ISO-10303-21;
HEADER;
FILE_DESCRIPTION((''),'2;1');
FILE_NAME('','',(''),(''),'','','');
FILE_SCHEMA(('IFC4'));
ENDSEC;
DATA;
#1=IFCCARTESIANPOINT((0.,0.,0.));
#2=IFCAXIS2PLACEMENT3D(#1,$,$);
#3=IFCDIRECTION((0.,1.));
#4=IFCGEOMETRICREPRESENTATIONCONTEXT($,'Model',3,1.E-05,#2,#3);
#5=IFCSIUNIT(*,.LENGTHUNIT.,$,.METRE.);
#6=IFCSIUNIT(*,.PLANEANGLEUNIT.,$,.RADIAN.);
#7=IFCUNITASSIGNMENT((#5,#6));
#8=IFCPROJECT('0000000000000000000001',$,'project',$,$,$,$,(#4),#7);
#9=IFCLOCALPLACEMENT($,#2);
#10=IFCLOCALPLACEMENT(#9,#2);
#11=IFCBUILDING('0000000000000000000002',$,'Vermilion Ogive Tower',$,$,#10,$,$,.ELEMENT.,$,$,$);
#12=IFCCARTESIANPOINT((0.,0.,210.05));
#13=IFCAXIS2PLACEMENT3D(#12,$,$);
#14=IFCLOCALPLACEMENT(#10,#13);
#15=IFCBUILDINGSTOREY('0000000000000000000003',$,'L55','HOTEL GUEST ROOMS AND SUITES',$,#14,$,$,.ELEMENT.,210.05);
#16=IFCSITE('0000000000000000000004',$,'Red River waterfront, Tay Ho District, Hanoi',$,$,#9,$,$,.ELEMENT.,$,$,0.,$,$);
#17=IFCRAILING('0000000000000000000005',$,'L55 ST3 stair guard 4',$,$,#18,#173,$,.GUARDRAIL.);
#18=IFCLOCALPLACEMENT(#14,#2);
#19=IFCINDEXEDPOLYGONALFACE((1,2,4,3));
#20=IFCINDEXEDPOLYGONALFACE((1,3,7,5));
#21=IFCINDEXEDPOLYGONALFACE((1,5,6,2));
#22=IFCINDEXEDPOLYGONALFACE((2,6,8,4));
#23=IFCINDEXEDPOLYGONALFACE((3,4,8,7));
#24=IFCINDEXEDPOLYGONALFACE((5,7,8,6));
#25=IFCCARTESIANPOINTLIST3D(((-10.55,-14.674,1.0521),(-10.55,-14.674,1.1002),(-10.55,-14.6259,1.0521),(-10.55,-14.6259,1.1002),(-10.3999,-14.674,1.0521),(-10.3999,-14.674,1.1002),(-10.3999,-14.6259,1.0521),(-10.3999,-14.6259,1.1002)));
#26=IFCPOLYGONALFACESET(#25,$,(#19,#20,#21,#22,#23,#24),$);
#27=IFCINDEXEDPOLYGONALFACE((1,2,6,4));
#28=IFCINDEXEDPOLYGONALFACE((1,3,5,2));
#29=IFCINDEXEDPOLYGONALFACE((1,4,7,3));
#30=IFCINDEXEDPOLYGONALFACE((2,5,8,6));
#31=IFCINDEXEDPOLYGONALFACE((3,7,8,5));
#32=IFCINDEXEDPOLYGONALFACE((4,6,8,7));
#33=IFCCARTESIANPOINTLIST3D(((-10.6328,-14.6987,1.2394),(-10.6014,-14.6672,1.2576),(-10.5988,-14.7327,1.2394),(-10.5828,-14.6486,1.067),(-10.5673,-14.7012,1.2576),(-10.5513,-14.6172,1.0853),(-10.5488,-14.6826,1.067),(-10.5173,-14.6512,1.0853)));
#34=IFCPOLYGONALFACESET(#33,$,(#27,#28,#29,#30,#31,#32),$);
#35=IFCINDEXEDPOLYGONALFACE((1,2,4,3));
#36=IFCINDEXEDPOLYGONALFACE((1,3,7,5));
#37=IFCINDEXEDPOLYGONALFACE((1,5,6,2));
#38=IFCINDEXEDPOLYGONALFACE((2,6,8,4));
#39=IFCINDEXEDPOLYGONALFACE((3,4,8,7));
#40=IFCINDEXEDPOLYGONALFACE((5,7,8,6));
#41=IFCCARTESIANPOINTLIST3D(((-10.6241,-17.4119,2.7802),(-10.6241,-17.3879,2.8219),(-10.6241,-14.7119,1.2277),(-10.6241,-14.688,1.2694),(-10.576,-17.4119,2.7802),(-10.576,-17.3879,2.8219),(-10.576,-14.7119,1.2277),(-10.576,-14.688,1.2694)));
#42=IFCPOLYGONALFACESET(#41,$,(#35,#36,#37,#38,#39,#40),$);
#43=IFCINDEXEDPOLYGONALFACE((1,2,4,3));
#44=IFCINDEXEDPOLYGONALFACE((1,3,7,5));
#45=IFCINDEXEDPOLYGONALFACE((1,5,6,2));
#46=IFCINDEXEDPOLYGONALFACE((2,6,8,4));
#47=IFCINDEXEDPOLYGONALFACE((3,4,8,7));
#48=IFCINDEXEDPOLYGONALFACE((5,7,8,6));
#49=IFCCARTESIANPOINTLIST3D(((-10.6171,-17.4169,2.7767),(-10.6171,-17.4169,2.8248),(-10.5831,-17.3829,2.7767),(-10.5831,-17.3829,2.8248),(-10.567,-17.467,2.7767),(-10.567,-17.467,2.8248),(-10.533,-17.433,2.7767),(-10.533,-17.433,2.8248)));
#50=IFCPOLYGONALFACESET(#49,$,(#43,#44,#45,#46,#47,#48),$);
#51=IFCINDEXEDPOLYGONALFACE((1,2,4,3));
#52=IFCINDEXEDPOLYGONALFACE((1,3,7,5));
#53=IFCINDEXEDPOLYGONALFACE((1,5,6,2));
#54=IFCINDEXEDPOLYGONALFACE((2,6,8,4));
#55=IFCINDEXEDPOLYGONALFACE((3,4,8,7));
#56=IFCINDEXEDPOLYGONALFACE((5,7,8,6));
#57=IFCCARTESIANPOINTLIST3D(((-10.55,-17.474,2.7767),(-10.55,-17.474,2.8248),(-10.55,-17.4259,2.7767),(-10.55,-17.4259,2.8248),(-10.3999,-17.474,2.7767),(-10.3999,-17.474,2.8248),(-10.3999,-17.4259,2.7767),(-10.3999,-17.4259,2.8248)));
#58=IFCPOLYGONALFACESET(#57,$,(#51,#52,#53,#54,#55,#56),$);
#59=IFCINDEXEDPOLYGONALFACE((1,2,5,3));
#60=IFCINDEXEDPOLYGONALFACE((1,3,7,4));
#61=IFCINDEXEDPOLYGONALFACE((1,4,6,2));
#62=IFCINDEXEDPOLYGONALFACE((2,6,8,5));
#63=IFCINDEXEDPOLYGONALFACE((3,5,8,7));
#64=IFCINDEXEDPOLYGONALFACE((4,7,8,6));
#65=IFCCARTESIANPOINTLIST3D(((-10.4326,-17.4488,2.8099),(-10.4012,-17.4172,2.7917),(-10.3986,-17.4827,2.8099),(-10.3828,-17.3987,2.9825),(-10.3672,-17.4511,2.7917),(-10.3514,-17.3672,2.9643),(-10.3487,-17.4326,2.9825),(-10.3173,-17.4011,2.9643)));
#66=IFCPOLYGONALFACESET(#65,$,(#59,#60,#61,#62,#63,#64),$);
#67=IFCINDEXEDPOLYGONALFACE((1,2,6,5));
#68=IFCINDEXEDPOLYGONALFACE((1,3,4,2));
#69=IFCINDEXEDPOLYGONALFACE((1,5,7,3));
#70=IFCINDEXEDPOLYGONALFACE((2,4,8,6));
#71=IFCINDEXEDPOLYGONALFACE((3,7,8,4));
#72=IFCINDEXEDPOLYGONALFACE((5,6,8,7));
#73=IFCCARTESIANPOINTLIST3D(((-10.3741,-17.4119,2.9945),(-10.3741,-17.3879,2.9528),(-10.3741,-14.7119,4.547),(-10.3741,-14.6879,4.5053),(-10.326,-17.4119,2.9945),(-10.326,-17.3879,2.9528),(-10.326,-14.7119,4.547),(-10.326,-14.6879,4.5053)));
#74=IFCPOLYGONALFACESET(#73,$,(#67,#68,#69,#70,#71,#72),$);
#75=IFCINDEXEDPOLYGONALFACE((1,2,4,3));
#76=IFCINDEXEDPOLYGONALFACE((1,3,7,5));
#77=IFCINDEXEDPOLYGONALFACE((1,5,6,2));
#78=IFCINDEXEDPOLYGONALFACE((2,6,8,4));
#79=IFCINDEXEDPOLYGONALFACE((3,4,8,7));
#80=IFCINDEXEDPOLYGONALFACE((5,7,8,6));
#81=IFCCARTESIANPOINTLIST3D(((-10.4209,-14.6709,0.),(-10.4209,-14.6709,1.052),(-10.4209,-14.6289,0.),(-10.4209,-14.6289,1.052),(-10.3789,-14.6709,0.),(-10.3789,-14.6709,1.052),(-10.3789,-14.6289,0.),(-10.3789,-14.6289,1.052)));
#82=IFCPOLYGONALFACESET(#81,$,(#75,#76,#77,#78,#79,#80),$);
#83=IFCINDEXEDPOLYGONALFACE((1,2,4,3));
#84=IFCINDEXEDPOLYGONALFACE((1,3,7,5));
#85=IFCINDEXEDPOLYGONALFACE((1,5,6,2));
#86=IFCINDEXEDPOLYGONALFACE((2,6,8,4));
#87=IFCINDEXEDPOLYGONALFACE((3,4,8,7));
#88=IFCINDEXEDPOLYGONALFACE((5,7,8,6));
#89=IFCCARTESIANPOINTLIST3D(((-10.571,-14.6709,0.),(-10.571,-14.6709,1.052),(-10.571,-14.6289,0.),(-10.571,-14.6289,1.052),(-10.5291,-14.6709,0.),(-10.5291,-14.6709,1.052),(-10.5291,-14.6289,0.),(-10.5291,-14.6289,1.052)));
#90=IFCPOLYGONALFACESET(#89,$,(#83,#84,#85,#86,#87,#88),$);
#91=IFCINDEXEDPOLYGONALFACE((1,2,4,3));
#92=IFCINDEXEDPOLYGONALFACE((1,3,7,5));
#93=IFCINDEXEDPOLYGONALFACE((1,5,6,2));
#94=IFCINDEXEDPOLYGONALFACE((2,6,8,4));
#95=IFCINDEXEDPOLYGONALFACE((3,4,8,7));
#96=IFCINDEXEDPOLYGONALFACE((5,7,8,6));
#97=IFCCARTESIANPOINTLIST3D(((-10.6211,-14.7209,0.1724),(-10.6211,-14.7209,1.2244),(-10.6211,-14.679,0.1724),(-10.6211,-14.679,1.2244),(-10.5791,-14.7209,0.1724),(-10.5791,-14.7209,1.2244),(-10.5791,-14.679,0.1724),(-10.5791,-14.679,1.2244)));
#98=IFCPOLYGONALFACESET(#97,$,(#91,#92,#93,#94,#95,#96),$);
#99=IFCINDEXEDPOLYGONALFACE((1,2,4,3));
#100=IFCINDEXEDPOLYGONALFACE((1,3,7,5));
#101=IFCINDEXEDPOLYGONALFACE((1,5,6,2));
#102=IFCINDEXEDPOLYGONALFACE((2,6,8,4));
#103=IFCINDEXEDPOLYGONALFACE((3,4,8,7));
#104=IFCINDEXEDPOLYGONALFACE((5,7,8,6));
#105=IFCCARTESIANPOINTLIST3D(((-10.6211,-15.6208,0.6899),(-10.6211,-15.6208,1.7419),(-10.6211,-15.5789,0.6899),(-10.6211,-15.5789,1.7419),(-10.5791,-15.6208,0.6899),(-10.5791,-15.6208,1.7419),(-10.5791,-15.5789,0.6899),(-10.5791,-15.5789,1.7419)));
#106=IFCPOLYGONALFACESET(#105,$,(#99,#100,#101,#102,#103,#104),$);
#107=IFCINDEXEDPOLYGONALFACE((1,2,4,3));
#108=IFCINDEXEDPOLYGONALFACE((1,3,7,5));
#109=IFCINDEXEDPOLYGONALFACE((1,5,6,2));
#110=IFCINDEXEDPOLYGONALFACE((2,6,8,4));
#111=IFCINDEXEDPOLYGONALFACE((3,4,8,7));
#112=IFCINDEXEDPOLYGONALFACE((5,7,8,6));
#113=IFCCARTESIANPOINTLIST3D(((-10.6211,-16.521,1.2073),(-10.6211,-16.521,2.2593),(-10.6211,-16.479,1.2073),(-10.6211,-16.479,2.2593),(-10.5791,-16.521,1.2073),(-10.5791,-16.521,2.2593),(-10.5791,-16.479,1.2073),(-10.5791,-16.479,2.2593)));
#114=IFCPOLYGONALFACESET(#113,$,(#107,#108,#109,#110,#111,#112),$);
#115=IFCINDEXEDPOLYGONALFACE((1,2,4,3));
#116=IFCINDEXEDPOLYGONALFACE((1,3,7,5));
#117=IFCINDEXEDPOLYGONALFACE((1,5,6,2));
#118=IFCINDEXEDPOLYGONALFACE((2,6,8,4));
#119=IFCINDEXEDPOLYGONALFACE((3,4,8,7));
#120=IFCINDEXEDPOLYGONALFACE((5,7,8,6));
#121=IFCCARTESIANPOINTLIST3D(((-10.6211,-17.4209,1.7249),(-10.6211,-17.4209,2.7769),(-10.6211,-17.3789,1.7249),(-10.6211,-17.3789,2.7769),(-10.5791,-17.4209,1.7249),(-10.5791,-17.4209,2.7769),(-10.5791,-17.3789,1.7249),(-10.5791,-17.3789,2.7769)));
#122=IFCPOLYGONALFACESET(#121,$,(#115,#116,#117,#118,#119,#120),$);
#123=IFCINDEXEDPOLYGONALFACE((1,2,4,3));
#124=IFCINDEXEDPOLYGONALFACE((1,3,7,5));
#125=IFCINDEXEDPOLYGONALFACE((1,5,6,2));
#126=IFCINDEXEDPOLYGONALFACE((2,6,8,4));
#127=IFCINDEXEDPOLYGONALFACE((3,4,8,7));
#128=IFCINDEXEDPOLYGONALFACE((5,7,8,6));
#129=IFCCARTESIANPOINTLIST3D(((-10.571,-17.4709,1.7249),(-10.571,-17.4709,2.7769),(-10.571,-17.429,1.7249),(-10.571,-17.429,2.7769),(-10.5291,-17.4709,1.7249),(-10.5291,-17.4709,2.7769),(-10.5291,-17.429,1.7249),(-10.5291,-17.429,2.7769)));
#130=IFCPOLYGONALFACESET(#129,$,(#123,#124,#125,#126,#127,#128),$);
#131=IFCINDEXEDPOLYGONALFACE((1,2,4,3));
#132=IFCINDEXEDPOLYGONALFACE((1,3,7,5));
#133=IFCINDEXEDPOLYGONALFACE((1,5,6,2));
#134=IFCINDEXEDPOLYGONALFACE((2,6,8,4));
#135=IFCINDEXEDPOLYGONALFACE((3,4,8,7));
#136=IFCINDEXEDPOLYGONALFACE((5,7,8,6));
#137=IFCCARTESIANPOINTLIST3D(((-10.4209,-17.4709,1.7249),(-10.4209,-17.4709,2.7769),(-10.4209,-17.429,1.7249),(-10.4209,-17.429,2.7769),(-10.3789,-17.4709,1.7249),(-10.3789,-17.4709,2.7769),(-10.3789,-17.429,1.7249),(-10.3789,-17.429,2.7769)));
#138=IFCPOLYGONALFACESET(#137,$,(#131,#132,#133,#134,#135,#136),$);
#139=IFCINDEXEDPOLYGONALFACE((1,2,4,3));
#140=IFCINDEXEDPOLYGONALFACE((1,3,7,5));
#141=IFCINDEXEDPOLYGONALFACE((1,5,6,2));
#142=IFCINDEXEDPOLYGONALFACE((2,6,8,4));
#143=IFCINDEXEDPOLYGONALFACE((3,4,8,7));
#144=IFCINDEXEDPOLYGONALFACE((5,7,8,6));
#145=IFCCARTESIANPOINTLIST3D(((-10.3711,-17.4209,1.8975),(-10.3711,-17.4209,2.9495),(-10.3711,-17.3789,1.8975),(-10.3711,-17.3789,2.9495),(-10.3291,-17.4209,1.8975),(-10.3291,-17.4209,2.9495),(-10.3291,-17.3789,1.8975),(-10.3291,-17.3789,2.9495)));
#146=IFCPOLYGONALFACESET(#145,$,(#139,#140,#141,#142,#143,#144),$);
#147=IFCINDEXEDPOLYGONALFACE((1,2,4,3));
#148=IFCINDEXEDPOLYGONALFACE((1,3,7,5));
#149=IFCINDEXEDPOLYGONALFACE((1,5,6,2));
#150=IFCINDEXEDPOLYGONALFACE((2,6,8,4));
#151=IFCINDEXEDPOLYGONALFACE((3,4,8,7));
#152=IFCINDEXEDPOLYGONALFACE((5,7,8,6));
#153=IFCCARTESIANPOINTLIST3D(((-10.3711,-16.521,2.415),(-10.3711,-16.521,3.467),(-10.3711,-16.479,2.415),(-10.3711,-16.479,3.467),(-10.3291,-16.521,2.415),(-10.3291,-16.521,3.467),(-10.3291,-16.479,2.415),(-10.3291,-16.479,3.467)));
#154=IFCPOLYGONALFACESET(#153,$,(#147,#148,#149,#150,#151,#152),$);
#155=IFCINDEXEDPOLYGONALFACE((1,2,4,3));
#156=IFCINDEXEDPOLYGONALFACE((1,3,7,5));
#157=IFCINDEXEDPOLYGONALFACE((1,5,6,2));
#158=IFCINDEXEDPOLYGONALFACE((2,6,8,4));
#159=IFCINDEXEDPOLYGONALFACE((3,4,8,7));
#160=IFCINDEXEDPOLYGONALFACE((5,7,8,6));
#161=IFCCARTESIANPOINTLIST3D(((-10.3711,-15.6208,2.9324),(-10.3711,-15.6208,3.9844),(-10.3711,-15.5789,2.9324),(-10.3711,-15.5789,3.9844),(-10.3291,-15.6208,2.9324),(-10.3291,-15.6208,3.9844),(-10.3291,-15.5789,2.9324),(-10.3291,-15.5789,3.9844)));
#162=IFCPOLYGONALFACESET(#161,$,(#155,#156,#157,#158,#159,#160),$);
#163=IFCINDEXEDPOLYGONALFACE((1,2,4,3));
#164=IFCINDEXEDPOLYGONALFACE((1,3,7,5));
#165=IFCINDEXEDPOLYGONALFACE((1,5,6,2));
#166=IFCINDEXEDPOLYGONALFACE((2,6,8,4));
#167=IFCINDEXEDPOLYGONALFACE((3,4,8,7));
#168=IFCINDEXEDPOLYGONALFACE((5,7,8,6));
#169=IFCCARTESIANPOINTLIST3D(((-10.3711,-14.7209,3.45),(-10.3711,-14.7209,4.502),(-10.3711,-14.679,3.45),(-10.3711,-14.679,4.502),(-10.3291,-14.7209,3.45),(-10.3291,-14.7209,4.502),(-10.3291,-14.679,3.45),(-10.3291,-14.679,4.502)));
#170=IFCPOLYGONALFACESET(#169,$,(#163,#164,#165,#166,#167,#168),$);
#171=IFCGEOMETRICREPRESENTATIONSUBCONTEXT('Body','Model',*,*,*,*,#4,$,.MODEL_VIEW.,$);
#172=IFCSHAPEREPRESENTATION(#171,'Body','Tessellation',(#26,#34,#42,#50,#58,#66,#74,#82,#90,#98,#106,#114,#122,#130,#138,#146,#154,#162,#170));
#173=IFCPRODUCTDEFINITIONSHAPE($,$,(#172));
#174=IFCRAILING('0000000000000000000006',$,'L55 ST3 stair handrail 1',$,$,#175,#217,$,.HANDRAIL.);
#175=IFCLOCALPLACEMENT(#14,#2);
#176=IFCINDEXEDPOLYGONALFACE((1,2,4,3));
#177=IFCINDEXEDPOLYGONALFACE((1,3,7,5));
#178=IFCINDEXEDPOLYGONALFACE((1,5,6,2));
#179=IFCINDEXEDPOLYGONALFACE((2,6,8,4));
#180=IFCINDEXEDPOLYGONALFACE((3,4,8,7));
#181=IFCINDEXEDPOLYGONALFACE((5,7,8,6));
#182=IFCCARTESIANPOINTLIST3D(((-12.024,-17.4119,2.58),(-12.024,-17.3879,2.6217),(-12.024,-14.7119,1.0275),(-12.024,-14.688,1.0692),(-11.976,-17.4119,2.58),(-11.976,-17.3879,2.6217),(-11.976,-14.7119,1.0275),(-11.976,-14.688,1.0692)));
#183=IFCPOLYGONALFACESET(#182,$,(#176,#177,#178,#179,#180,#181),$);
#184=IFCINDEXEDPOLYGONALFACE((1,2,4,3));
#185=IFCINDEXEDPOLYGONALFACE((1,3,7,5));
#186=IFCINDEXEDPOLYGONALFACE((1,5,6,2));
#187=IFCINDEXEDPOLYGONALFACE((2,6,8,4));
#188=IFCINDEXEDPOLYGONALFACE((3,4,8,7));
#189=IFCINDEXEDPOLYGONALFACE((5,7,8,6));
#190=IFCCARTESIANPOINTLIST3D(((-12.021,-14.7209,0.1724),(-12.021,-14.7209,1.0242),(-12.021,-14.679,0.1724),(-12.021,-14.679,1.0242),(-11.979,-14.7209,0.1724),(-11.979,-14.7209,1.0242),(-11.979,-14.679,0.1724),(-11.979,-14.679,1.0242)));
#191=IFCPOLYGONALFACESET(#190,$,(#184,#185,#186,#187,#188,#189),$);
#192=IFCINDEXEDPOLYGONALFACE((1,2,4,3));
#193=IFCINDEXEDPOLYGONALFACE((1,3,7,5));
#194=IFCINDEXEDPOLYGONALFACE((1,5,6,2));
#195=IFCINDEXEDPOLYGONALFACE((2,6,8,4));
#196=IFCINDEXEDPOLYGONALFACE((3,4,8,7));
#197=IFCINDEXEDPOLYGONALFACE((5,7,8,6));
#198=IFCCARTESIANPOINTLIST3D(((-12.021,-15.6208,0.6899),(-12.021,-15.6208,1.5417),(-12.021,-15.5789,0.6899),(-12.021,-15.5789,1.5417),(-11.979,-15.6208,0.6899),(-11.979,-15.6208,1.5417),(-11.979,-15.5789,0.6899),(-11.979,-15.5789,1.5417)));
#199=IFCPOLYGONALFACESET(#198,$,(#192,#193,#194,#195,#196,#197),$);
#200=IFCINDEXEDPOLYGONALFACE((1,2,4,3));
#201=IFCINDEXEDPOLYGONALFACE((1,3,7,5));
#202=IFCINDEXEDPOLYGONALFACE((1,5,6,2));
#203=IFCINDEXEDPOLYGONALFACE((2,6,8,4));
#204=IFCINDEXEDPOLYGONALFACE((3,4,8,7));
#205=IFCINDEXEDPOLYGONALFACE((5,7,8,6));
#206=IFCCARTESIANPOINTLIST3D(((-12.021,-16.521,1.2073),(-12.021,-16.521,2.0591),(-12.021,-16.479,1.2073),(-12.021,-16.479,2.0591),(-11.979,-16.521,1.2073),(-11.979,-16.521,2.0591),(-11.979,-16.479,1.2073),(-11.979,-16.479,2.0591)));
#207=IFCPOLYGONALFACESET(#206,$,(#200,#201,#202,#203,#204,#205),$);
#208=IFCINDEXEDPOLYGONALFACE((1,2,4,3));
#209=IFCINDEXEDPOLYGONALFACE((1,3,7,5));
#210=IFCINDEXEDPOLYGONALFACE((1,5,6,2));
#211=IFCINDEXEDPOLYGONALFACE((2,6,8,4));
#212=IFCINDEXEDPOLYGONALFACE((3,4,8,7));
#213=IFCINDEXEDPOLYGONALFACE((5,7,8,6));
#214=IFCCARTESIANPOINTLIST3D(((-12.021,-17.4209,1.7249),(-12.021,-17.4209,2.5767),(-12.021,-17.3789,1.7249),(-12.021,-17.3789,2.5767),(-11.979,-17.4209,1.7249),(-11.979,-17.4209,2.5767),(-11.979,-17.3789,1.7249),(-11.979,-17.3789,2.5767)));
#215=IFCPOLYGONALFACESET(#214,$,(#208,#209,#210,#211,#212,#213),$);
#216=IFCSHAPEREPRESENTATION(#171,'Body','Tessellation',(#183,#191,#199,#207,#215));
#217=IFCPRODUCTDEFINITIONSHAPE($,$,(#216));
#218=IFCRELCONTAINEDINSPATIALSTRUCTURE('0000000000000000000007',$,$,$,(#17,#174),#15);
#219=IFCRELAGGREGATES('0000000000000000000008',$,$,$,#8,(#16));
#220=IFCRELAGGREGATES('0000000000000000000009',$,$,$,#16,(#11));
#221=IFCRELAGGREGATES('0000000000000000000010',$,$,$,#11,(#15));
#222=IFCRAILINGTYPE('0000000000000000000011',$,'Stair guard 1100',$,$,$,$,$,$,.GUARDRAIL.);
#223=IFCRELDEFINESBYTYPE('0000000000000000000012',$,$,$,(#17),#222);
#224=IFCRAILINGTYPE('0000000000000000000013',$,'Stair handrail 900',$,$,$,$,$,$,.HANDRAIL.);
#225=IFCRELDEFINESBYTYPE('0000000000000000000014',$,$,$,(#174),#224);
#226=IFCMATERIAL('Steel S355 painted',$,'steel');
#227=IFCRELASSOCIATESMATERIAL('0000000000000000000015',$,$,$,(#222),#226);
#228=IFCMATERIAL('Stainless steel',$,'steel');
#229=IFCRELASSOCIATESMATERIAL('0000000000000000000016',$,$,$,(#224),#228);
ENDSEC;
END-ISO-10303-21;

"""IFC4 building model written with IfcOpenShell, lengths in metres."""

from ifc_helpers import new_model, si_unit, direction, frame, origin, origin_2d, place, context, subcontext, project, spatial, rectangle, extrude, material, type_object, element, save


model = new_model("IFC4")

# Units and contexts
model_context = context("Model", 3, precision=1e-05, world=origin(), true_north=direction((0.0, 1.0)))
body_context = subcontext(model_context, "Body", "Model", "MODEL_VIEW")
ifc_project = project(units=[si_unit("LENGTHUNIT", "METRE"), si_unit("PLANEANGLEUNIT", "RADIAN")], contexts=[model_context])

# Site, building, storey
site_placement = place(None, origin())
site = spatial("IfcSite", under=ifc_project, at=site_placement, Name="Red River waterfront, Tay Ho District, Hanoi", CompositionType="ELEMENT", RefElevation=0.0)
building_placement = place(site_placement, origin())
building = spatial("IfcBuilding", under=site, at=building_placement, Name="Vermilion Ogive Tower", CompositionType="ELEMENT")
storey_placement = place(building_placement, frame((0.0, 0.0, 210.05)))
storey = spatial("IfcBuildingStorey", under=building, at=storey_placement, Name="L55", Description="HOTEL GUEST ROOMS AND SUITES", CompositionType="ELEMENT", Elevation=210.05)

# Railings
ifc_material_1 = material(Name="Steel S355 painted", Category="steel")
railing_type_1 = type_object("IfcRailingType", Name="Stair guard 1100", PredefinedType="GUARDRAIL", material=ifc_material_1)
railing_1_placement = place(storey_placement, frame((-10.3999, -14.6499, 0.0)))
element("IfcRailing", 1, at=railing_1_placement, inside=storey, type_object=railing_type_1, Name="L55 ST3 stair guard 4", PredefinedType="GUARDRAIL", context=body_context, shape_type="SweptSolid", body=[
    extrude(rectangle(XDim=0.0481, YDim=0.0481, at=origin_2d()), frame((0.0, 0.0, 1.0762), z_axis=(-1.0, 0.0, 0.0), x_axis=(0.0, -1.0, 0.0)), (0.0, 0.0, 1.0), 0.1501),
    extrude(rectangle(XDim=0.0481, YDim=0.0481, at=origin_2d()), frame((-0.1501, 0.0, 1.0762), z_axis=(-0.268603, -0.268603, 0.925043), x_axis=(0.707107, -0.707107, 0.0)), (0.0, 0.0, 1.0), 0.1863),
    extrude(rectangle(XDim=0.0481, YDim=0.0481, at=origin_2d()), frame((-0.2002, -0.05, 1.2485), z_axis=(0.0, -0.866904, 0.498476), x_axis=(1.0, 0.0, 0.0)), (0.0, 0.0, 1.0), 3.1145),
    extrude(rectangle(XDim=0.0481, YDim=0.0481, at=origin_2d()), frame((-0.2002, -2.75, 2.8008), z_axis=(0.707107, -0.707107, 0.0), x_axis=(0.707107, 0.707107, 0.0)), (0.0, 0.0, 1.0), 0.0708),
    extrude(rectangle(XDim=0.0481, YDim=0.0481, at=origin_2d()), frame((-0.1501, -2.8, 2.8008), z_axis=(1.0, 0.0, 0.0), x_axis=(0.0, 1.0, 0.0)), (0.0, 0.0, 1.0), 0.1501),
    extrude(rectangle(XDim=0.0481, YDim=0.0481, at=origin_2d()), frame((0.0, -2.8, 2.8008), z_axis=(0.267063, 0.268372, 0.925556), x_axis=(-0.708834, 0.705376, 0.0)), (0.0, 0.0, 1.0), 0.1865),
    extrude(rectangle(XDim=0.0481, YDim=0.0481, at=origin_2d()), frame((0.0498, -2.75, 2.9736), z_axis=(0.0, 0.866904, 0.498476), x_axis=(-1.0, 0.0, 0.0)), (0.0, 0.0, 1.0), 3.1145),
    extrude(rectangle(XDim=0.042, YDim=0.042, at=origin_2d()), origin(), (0.0, 0.0, 1.0), 1.052),
    extrude(rectangle(XDim=0.042, YDim=0.042, at=origin_2d()), frame((-0.1501, 0.0, 0.0)), (0.0, 0.0, 1.0), 1.052),
    extrude(rectangle(XDim=0.042, YDim=0.042, at=origin_2d()), frame((-0.2002, -0.05, 0.1724)), (0.0, 0.0, 1.0), 1.052),
    extrude(rectangle(XDim=0.042, YDim=0.042, at=origin_2d()), frame((-0.2002, -0.95, 0.6899)), (0.0, 0.0, 1.0), 1.052),
    extrude(rectangle(XDim=0.042, YDim=0.042, at=origin_2d()), frame((-0.2002, -1.8501, 1.2073)), (0.0, 0.0, 1.0), 1.052),
    extrude(rectangle(XDim=0.042, YDim=0.042, at=origin_2d()), frame((-0.2002, -2.75, 1.7249)), (0.0, 0.0, 1.0), 1.052),
    extrude(rectangle(XDim=0.042, YDim=0.042, at=origin_2d()), frame((-0.1501, -2.8, 1.7249)), (0.0, 0.0, 1.0), 1.052),
    extrude(rectangle(XDim=0.042, YDim=0.042, at=origin_2d()), frame((0.0, -2.8, 1.7249)), (0.0, 0.0, 1.0), 1.052),
    extrude(rectangle(XDim=0.042, YDim=0.042, at=origin_2d()), frame((0.0498, -2.75, 1.8975)), (0.0, 0.0, 1.0), 1.052),
    extrude(rectangle(XDim=0.042, YDim=0.042, at=origin_2d()), frame((0.0498, -1.8501, 2.415)), (0.0, 0.0, 1.0), 1.052),
    extrude(rectangle(XDim=0.042, YDim=0.042, at=origin_2d()), frame((0.0498, -0.95, 2.9324)), (0.0, 0.0, 1.0), 1.052),
    extrude(rectangle(XDim=0.042, YDim=0.042, at=origin_2d()), frame((0.0498, -0.05, 3.45)), (0.0, 0.0, 1.0), 1.052),
])
ifc_material_2 = material(Name="Stainless steel", Category="steel")
railing_type_2 = type_object("IfcRailingType", Name="Stair handrail 900", PredefinedType="HANDRAIL", material=ifc_material_2)
railing_2_placement = place(storey_placement, frame((-12.0, -14.7, 0.1724)))
element("IfcRailing", 2, at=railing_2_placement, inside=storey, type_object=railing_type_2, Name="L55 ST3 stair handrail 1", PredefinedType="HANDRAIL", context=body_context, shape_type="SweptSolid", body=[
    extrude(rectangle(XDim=0.0481, YDim=0.0481, at=origin_2d()), frame((0.0, 0.0, 0.876), z_axis=(0.0, -0.866904, 0.498476), x_axis=(1.0, 0.0, 0.0)), (0.0, 0.0, 1.0), 3.1145),
    extrude(rectangle(XDim=0.042, YDim=0.042, at=origin_2d()), origin(), (0.0, 0.0, 1.0), 0.8518),
    extrude(rectangle(XDim=0.042, YDim=0.042, at=origin_2d()), frame((0.0, -0.8999, 0.5176)), (0.0, 0.0, 1.0), 0.8518),
    extrude(rectangle(XDim=0.042, YDim=0.042, at=origin_2d()), frame((0.0, -1.8, 1.0349)), (0.0, 0.0, 1.0), 0.8518),
    extrude(rectangle(XDim=0.042, YDim=0.042, at=origin_2d()), frame((0.0, -2.7, 1.5525)), (0.0, 0.0, 1.0), 0.8518),
])

save(model, "model.ifc")
